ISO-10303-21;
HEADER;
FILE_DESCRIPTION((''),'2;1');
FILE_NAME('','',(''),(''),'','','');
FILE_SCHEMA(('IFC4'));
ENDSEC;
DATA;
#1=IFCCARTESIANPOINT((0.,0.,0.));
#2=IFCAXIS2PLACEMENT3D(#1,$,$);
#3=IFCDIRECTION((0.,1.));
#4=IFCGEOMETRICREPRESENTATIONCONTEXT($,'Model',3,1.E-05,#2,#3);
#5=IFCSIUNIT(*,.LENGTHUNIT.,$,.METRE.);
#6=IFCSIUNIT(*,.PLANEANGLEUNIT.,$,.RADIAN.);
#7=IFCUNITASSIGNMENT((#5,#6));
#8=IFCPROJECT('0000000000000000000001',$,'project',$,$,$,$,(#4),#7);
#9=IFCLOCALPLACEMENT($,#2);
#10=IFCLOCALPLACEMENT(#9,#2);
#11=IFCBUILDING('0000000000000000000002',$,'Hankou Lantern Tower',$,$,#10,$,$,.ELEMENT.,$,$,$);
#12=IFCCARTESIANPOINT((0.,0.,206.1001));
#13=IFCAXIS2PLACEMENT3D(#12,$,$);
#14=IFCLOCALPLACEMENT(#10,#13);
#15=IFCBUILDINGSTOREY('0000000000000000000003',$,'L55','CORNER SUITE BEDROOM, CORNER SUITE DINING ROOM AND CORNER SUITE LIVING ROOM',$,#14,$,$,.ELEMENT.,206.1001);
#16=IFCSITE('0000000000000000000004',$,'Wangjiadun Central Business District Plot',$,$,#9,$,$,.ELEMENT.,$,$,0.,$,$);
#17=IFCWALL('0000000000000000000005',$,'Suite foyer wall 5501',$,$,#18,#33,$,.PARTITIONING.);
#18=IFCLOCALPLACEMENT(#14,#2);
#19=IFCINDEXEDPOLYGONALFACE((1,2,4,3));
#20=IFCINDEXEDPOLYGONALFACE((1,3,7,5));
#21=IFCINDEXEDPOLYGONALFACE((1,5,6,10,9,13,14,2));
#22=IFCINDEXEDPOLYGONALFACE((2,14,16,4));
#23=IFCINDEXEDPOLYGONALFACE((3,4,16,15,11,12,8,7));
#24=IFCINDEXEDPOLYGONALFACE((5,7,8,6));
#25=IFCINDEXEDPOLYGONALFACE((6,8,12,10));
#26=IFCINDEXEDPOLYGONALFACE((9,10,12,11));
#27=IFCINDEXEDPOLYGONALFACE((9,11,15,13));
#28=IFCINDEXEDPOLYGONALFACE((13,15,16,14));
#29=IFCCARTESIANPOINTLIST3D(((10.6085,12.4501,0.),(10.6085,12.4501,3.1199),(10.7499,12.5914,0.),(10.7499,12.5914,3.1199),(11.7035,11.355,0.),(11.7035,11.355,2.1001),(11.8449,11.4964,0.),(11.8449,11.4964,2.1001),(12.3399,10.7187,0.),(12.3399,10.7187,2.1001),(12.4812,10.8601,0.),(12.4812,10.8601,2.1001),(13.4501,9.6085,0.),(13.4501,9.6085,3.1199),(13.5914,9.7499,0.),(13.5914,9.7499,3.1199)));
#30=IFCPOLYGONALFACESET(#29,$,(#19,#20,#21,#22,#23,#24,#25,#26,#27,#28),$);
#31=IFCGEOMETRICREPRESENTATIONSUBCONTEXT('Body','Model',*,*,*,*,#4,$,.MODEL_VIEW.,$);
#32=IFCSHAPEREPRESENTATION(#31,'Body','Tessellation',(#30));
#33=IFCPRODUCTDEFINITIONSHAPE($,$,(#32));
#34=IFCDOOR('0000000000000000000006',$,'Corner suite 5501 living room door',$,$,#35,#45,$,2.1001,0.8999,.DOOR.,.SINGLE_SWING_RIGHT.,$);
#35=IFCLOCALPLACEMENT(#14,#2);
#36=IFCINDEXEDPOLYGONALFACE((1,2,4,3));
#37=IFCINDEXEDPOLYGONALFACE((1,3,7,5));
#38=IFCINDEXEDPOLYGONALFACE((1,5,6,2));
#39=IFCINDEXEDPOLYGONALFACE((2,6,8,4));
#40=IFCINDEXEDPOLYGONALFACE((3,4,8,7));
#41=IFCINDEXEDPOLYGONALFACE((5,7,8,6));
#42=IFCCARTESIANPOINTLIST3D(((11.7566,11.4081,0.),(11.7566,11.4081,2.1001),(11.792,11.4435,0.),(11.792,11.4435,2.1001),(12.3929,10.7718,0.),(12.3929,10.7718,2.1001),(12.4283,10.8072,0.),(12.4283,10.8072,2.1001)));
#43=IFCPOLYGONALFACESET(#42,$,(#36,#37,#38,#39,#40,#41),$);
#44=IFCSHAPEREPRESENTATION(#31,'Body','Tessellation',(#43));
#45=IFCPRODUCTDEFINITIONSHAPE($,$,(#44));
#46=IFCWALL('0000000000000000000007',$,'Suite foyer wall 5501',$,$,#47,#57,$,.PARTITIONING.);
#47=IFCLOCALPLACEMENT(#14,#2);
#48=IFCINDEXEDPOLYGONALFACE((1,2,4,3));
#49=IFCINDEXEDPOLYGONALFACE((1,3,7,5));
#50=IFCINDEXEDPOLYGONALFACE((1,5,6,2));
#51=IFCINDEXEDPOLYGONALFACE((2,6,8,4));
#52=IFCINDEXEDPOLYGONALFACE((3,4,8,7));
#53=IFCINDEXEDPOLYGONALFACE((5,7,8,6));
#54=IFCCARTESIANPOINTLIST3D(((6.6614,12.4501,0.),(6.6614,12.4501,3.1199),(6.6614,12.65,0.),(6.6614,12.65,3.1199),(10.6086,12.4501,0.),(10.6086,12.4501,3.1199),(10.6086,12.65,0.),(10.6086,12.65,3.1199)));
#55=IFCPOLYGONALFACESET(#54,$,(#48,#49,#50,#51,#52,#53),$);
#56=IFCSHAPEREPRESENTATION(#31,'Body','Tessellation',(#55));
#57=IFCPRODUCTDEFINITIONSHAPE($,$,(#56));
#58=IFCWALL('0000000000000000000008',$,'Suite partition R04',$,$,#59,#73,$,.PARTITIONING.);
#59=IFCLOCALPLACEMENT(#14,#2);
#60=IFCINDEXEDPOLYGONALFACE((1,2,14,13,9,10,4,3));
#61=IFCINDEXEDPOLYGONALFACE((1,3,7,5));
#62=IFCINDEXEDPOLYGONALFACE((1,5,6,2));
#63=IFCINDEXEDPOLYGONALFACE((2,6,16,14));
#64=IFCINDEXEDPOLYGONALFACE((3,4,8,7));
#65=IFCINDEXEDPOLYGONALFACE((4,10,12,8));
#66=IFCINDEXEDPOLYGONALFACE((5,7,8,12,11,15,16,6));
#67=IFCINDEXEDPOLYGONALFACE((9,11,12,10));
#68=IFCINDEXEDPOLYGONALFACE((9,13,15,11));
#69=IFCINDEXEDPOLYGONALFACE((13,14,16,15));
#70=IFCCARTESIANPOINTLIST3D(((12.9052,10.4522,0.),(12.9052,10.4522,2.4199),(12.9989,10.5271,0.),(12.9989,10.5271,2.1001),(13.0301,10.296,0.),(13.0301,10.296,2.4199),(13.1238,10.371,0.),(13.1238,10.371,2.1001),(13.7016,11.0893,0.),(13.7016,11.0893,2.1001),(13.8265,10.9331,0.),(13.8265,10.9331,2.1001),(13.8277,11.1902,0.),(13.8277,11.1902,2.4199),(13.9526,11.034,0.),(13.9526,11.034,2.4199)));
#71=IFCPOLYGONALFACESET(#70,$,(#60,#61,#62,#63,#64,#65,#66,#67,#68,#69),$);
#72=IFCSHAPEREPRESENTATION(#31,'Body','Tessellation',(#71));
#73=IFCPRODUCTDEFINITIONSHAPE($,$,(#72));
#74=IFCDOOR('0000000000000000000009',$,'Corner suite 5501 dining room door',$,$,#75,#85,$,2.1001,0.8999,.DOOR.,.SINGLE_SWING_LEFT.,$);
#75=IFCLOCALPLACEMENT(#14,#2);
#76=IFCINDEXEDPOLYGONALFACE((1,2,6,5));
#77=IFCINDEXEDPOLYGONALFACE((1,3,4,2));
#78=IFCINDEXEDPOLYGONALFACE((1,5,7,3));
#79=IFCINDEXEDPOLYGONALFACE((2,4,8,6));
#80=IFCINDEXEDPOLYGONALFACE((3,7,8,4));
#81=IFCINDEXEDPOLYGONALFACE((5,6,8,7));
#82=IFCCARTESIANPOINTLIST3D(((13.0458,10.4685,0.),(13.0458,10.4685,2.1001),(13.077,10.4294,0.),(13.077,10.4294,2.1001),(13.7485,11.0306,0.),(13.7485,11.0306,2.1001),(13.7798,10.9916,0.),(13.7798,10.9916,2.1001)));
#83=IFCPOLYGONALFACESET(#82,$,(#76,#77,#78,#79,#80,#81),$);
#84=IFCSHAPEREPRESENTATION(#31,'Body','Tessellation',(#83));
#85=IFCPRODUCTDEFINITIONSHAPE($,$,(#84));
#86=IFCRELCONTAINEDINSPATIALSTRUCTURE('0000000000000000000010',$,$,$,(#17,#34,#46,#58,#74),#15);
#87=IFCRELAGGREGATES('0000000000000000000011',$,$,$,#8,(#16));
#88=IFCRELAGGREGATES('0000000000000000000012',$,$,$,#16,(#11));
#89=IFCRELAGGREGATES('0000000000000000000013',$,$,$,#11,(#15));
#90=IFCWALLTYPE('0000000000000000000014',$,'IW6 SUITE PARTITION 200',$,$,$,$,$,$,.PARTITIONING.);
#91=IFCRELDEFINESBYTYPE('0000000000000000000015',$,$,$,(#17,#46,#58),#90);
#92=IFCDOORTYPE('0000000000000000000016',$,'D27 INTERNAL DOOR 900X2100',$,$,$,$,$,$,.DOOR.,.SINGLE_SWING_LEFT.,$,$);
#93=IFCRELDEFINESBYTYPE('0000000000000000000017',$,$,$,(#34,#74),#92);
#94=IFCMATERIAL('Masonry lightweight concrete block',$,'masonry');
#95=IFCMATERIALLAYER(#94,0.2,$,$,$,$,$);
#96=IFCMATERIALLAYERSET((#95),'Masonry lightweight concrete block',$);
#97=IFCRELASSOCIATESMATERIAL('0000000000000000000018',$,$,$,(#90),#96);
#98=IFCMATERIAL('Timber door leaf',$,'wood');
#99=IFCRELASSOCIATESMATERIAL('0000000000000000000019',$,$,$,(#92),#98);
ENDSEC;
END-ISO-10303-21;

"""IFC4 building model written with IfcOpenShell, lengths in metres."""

from ifc_helpers import new_model, si_unit, direction, frame, frame_2d, origin, place, context, subcontext, project, spatial, rectangle, extrude, material, layer, layer_set, type_object, element, fill, save


model = new_model("IFC4")

# Units and contexts
model_context = context("Model", 3, precision=1e-05, world=origin(), true_north=direction((0.0, 1.0)))
body_context = subcontext(model_context, "Body", "Model", "MODEL_VIEW")
ifc_project = project(units=[si_unit("LENGTHUNIT", "METRE"), si_unit("PLANEANGLEUNIT", "RADIAN")], contexts=[model_context])

# Site, building, storey
site_placement = place(None, origin())
site = spatial("IfcSite", under=ifc_project, at=site_placement, Name="Wangjiadun Central Business District Plot", CompositionType="ELEMENT", RefElevation=0.0)
building_placement = place(site_placement, origin())
building = spatial("IfcBuilding", under=site, at=building_placement, Name="Hankou Lantern Tower", CompositionType="ELEMENT")
storey_placement = place(building_placement, frame((0.0, 0.0, 206.1001)))
storey = spatial("IfcBuildingStorey", under=building, at=storey_placement, Name="L55", Description="CORNER SUITE BEDROOM, CORNER SUITE DINING ROOM AND CORNER SUITE LIVING ROOM", CompositionType="ELEMENT", Elevation=206.1001)

# Wall, opening, door
ifc_material_1 = material(Name="Masonry lightweight concrete block", Category="masonry")
ifc_layer_1 = layer(ifc_material_1, 0.2)
ifc_layer_set_1 = layer_set([ifc_layer_1], Name="Masonry lightweight concrete block")
wall_type_1 = type_object("IfcWallType", Name="IW6 SUITE PARTITION 200", PredefinedType="PARTITIONING", material=ifc_layer_set_1)
wall_1_placement = place(storey_placement, frame((13.5208, 9.6792, 0.0), z_axis=(0.0, 0.0, 1.0), x_axis=(-0.707107, 0.707107, 0.0)))
wall_1 = element("IfcWall", 1, at=wall_1_placement, inside=storey, type_object=wall_type_1, Name="Suite foyer wall 5501", PredefinedType="PARTITIONING", context=body_context, shape_type="SweptSolid", body=[
    extrude(rectangle(XDim=4.0186, YDim=0.2, at=frame_2d((2.0093, 0.0))), origin(), (0.0, 0.0, 1.0), 3.1199),
])
opening_1_placement = place(wall_1_placement, frame((1.5701, 0.0, 0.0)))
opening_1 = element("IfcOpeningElement", 2, at=opening_1_placement, cuts=wall_1, PredefinedType="OPENING", context=body_context, shape_type="SweptSolid", body=[
    extrude(rectangle(XDim=0.8999, YDim=2.1001, at=frame_2d((0.45, 1.05))), frame((0.0, 0.1099, 0.0), z_axis=(0.0, -1.0, 0.0), x_axis=(1.0, 0.0, 0.0)), (0.0, 0.0, 1.0), 0.22),
])
ifc_material_2 = material(Name="Timber door leaf", Category="wood")
door_type = type_object("IfcDoorType", Name="D27 INTERNAL DOOR 900X2100", OperationType="SINGLE_SWING_LEFT", PredefinedType="DOOR", material=ifc_material_2)
door_1_placement = place(opening_1_placement, origin())
door_1 = element("IfcDoor", 3, at=door_1_placement, inside=storey, type_object=door_type, Name="Corner suite 5501 living room door", OperationType="SINGLE_SWING_RIGHT", OverallHeight=2.1001, OverallWidth=0.8999, PredefinedType="DOOR", context=body_context, shape_type="SweptSolid", body=[
    extrude(rectangle(XDim=0.8999, YDim=2.1001, at=frame_2d((0.45, 1.05))), frame((0.0, 0.0249, 0.0), z_axis=(0.0, -1.0, 0.0), x_axis=(1.0, 0.0, 0.0)), (0.0, 0.0, 1.0), 0.05),
])
fill(opening_1, door_1)

# Wall
wall_2_placement = place(storey_placement, frame((10.6086, 12.55, 0.0), z_axis=(0.0, 0.0, 1.0), x_axis=(-1.0, 0.0, 0.0)))
element("IfcWall", 4, at=wall_2_placement, inside=storey, type_object=wall_type_1, Name="Suite foyer wall 5501", PredefinedType="PARTITIONING", context=body_context, shape_type="SweptSolid", body=[
    extrude(rectangle(XDim=3.9473, YDim=0.2, at=frame_2d((1.9736, 0.0))), origin(), (0.0, 0.0, 1.0), 3.1199),
])

# Wall, opening, door
wall_3_placement = place(storey_placement, frame((12.9675, 10.374, 0.0), z_axis=(0.0, 0.0, 1.0), x_axis=(0.780889, 0.62467, 0.0)))
wall_3 = element("IfcWall", 5, at=wall_3_placement, inside=storey, type_object=wall_type_1, Name="Suite partition R04", PredefinedType="PARTITIONING", context=body_context, shape_type="SweptSolid", body=[
    extrude(rectangle(XDim=1.1814, YDim=0.2, at=frame_2d((0.5908, 0.0))), origin(), (0.0, 0.0, 1.0), 2.4199),
])
opening_2_placement = place(wall_3_placement, frame((0.1201, 0.0, 0.0)))
opening_2 = element("IfcOpeningElement", 6, at=opening_2_placement, cuts=wall_3, PredefinedType="OPENING", context=body_context, shape_type="SweptSolid", body=[
    extrude(rectangle(XDim=0.8999, YDim=2.1001, at=frame_2d((0.45, 1.05))), frame((0.0, 0.1099, 0.0), z_axis=(0.0, -1.0, 0.0), x_axis=(1.0, 0.0, 0.0)), (0.0, 0.0, 1.0), 0.22),
])
door_2_placement = place(opening_2_placement, origin())
door_2 = element("IfcDoor", 7, at=door_2_placement, inside=storey, type_object=door_type, Name="Corner suite 5501 dining room door", OperationType="SINGLE_SWING_LEFT", OverallHeight=2.1001, OverallWidth=0.8999, PredefinedType="DOOR", context=body_context, shape_type="SweptSolid", body=[
    extrude(rectangle(XDim=0.8999, YDim=2.1001, at=frame_2d((0.45, 1.05))), frame((0.0, 0.0249, 0.0), z_axis=(0.0, -1.0, 0.0), x_axis=(1.0, 0.0, 0.0)), (0.0, 0.0, 1.0), 0.05),
])
fill(opening_2, door_2)

save(model, "model.ifc")
